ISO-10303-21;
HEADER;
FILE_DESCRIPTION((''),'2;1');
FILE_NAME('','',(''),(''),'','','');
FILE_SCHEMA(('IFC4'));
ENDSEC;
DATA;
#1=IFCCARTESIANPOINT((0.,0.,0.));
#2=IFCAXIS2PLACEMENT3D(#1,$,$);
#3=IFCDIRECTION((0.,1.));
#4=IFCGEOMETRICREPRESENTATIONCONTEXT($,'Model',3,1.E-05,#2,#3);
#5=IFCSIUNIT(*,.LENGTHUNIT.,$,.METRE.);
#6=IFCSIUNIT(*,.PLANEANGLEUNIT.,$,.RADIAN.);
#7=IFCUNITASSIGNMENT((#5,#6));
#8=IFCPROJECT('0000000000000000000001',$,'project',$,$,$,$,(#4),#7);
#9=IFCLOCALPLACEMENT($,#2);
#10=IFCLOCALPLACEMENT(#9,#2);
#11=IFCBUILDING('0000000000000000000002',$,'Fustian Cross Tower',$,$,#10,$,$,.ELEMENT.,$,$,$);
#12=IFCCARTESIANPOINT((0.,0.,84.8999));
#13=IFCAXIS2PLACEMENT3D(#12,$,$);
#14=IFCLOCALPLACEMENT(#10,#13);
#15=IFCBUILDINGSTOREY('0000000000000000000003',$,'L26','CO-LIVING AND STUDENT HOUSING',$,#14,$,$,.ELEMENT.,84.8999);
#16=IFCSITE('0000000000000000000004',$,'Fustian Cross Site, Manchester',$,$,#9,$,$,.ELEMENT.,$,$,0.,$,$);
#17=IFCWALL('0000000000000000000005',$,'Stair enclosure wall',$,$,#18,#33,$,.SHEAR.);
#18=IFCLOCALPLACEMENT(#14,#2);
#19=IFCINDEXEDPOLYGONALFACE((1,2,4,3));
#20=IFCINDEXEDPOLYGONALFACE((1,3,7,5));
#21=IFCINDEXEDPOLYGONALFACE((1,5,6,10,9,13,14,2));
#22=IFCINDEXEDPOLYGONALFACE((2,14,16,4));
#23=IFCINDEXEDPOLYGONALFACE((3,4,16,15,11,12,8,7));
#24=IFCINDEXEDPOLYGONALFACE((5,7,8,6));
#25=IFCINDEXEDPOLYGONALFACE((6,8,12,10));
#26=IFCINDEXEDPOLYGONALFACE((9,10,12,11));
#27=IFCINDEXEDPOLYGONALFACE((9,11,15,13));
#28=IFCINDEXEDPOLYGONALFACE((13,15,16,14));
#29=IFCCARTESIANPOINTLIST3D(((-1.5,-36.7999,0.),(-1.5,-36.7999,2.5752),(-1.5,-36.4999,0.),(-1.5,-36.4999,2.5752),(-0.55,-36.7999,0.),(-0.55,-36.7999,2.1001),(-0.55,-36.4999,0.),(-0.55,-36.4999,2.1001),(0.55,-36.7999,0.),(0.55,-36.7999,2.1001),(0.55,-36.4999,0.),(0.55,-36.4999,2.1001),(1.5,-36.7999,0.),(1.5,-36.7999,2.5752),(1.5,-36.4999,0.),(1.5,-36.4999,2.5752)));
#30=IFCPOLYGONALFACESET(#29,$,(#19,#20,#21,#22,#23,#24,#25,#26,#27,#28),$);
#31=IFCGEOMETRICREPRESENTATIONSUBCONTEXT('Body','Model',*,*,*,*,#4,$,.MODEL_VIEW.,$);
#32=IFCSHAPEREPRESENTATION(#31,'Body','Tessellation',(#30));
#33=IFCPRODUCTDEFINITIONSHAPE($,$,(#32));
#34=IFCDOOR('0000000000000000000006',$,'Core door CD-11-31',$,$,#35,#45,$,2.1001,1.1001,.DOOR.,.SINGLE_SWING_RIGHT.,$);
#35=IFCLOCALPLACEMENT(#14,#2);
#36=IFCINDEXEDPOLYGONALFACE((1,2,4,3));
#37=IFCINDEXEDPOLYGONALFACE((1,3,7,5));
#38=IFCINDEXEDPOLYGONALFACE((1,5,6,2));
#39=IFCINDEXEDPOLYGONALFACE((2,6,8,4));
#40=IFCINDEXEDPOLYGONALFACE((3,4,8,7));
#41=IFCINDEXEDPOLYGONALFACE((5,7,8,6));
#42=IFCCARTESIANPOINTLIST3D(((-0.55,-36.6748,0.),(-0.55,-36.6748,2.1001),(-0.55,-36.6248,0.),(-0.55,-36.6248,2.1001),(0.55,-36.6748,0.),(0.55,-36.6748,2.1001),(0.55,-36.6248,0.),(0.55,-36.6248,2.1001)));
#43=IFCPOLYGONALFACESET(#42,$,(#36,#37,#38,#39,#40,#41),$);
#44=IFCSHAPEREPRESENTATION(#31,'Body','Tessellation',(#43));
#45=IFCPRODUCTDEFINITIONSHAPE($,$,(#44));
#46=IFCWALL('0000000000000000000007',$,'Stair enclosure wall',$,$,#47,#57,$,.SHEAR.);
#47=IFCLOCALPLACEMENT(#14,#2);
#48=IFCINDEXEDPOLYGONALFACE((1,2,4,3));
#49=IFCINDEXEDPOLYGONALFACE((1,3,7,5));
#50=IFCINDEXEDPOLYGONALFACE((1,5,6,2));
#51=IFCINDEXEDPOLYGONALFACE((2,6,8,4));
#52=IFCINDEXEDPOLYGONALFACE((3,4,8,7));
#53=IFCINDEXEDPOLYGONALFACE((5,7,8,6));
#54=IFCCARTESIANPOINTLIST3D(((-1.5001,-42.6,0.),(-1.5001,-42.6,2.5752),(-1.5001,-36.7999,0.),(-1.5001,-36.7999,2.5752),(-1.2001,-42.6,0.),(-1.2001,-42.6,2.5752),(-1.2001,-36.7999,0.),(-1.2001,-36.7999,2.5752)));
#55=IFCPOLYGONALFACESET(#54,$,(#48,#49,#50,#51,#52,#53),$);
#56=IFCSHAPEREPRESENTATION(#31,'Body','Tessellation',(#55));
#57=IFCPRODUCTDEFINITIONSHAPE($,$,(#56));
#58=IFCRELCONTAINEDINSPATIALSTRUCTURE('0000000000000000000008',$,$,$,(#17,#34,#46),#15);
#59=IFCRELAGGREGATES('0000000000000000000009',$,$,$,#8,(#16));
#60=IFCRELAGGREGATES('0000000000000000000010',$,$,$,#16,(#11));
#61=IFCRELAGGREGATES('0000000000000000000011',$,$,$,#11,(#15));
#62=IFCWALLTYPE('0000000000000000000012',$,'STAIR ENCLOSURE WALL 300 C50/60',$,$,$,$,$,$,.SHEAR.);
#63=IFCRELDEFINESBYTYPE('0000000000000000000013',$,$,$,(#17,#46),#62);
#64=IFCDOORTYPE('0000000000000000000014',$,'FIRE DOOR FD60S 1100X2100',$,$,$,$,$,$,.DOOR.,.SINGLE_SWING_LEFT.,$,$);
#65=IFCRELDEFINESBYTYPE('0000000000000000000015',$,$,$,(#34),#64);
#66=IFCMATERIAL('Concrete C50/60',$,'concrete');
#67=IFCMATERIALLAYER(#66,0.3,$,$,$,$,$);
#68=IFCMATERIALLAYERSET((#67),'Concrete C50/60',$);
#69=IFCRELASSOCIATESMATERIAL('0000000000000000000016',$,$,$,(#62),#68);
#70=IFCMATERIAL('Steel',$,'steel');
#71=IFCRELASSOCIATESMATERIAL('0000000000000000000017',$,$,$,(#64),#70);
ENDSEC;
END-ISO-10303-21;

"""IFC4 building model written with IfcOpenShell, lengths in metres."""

from ifc_helpers import new_model, si_unit, direction, frame, frame_2d, origin, place, context, subcontext, project, spatial, rectangle, extrude, material, layer, layer_set, type_object, element, fill, save


model = new_model("IFC4")

# Units and contexts
model_context = context("Model", 3, precision=1e-05, world=origin(), true_north=direction((0.0, 1.0)))
body_context = subcontext(model_context, "Body", "Model", "MODEL_VIEW")
ifc_project = project(units=[si_unit("LENGTHUNIT", "METRE"), si_unit("PLANEANGLEUNIT", "RADIAN")], contexts=[model_context])

# Site, building, storey
site_placement = place(None, origin())
site = spatial("IfcSite", under=ifc_project, at=site_placement, Name="Fustian Cross Site, Manchester", CompositionType="ELEMENT", RefElevation=0.0)
building_placement = place(site_placement, origin())
building = spatial("IfcBuilding", under=site, at=building_placement, Name="Fustian Cross Tower", CompositionType="ELEMENT")
storey_placement = place(building_placement, frame((0.0, 0.0, 84.8999)))
storey = spatial("IfcBuildingStorey", under=building, at=storey_placement, Name="L26", Description="CO-LIVING AND STUDENT HOUSING", CompositionType="ELEMENT", Elevation=84.8999)

# Wall, opening, door
ifc_material_1 = material(Name="Concrete C50/60", Category="concrete")
ifc_layer_1 = layer(ifc_material_1, 0.3)
ifc_layer_set_1 = layer_set([ifc_layer_1], Name="Concrete C50/60")
wall_type_1 = type_object("IfcWallType", Name="STAIR ENCLOSURE WALL 300 C50/60", PredefinedType="SHEAR", material=ifc_layer_set_1)
wall_1_placement = place(storey_placement, frame((-1.5, -36.6499, 0.0), z_axis=(0.0, 0.0, 1.0), x_axis=(1.0, 0.0, 0.0)))
wall_1 = element("IfcWall", 1, at=wall_1_placement, inside=storey, type_object=wall_type_1, Name="Stair enclosure wall", PredefinedType="SHEAR", context=body_context, shape_type="SweptSolid", body=[
    extrude(rectangle(XDim=3.0, YDim=0.3, at=frame_2d((1.5, 0.0))), origin(), (0.0, 0.0, 1.0), 2.5752),
])
opening_1_placement = place(wall_1_placement, frame((0.95, 0.0, 0.0)))
opening_1 = element("IfcOpeningElement", 2, at=opening_1_placement, cuts=wall_1, PredefinedType="OPENING", context=body_context, shape_type="SweptSolid", body=[
    extrude(rectangle(XDim=1.1001, YDim=2.1001, at=frame_2d((0.55, 1.05))), frame((0.0, 0.1599, 0.0), z_axis=(0.0, -1.0, 0.0), x_axis=(1.0, 0.0, 0.0)), (0.0, 0.0, 1.0), 0.3201),
])
ifc_material_2 = material(Name="Steel", Category="steel")
door_type_1 = type_object("IfcDoorType", Name="FIRE DOOR FD60S 1100X2100", OperationType="SINGLE_SWING_LEFT", PredefinedType="DOOR", material=ifc_material_2)
door_1_placement = place(opening_1_placement, frame((1.1001, 0.0, 0.0), z_axis=(0.0, 0.0, 1.0), x_axis=(-1.0, 0.0, 0.0)))
door_1 = element("IfcDoor", 3, at=door_1_placement, inside=storey, type_object=door_type_1, Name="Core door CD-11-31", OperationType="SINGLE_SWING_RIGHT", OverallHeight=2.1001, OverallWidth=1.1001, PredefinedType="DOOR", context=body_context, shape_type="SweptSolid", body=[
    extrude(rectangle(XDim=1.1001, YDim=2.1001, at=frame_2d((0.55, 1.05))), frame((0.0, 0.0249, 0.0), z_axis=(0.0, -1.0, 0.0), x_axis=(1.0, 0.0, 0.0)), (0.0, 0.0, 1.0), 0.05),
])
fill(opening_1, door_1)

# Wall
wall_2_placement = place(storey_placement, frame((-1.3501, -36.8, 0.0), z_axis=(0.0, 0.0, 1.0), x_axis=(0.0, -1.0, 0.0)))
element("IfcWall", 4, at=wall_2_placement, inside=storey, type_object=wall_type_1, Name="Stair enclosure wall", PredefinedType="SHEAR", context=body_context, shape_type="SweptSolid", body=[
    extrude(rectangle(XDim=5.8, YDim=0.3, at=frame_2d((2.8999, 0.0))), origin(), (0.0, 0.0, 1.0), 2.5752),
])

save(model, "model.ifc")
